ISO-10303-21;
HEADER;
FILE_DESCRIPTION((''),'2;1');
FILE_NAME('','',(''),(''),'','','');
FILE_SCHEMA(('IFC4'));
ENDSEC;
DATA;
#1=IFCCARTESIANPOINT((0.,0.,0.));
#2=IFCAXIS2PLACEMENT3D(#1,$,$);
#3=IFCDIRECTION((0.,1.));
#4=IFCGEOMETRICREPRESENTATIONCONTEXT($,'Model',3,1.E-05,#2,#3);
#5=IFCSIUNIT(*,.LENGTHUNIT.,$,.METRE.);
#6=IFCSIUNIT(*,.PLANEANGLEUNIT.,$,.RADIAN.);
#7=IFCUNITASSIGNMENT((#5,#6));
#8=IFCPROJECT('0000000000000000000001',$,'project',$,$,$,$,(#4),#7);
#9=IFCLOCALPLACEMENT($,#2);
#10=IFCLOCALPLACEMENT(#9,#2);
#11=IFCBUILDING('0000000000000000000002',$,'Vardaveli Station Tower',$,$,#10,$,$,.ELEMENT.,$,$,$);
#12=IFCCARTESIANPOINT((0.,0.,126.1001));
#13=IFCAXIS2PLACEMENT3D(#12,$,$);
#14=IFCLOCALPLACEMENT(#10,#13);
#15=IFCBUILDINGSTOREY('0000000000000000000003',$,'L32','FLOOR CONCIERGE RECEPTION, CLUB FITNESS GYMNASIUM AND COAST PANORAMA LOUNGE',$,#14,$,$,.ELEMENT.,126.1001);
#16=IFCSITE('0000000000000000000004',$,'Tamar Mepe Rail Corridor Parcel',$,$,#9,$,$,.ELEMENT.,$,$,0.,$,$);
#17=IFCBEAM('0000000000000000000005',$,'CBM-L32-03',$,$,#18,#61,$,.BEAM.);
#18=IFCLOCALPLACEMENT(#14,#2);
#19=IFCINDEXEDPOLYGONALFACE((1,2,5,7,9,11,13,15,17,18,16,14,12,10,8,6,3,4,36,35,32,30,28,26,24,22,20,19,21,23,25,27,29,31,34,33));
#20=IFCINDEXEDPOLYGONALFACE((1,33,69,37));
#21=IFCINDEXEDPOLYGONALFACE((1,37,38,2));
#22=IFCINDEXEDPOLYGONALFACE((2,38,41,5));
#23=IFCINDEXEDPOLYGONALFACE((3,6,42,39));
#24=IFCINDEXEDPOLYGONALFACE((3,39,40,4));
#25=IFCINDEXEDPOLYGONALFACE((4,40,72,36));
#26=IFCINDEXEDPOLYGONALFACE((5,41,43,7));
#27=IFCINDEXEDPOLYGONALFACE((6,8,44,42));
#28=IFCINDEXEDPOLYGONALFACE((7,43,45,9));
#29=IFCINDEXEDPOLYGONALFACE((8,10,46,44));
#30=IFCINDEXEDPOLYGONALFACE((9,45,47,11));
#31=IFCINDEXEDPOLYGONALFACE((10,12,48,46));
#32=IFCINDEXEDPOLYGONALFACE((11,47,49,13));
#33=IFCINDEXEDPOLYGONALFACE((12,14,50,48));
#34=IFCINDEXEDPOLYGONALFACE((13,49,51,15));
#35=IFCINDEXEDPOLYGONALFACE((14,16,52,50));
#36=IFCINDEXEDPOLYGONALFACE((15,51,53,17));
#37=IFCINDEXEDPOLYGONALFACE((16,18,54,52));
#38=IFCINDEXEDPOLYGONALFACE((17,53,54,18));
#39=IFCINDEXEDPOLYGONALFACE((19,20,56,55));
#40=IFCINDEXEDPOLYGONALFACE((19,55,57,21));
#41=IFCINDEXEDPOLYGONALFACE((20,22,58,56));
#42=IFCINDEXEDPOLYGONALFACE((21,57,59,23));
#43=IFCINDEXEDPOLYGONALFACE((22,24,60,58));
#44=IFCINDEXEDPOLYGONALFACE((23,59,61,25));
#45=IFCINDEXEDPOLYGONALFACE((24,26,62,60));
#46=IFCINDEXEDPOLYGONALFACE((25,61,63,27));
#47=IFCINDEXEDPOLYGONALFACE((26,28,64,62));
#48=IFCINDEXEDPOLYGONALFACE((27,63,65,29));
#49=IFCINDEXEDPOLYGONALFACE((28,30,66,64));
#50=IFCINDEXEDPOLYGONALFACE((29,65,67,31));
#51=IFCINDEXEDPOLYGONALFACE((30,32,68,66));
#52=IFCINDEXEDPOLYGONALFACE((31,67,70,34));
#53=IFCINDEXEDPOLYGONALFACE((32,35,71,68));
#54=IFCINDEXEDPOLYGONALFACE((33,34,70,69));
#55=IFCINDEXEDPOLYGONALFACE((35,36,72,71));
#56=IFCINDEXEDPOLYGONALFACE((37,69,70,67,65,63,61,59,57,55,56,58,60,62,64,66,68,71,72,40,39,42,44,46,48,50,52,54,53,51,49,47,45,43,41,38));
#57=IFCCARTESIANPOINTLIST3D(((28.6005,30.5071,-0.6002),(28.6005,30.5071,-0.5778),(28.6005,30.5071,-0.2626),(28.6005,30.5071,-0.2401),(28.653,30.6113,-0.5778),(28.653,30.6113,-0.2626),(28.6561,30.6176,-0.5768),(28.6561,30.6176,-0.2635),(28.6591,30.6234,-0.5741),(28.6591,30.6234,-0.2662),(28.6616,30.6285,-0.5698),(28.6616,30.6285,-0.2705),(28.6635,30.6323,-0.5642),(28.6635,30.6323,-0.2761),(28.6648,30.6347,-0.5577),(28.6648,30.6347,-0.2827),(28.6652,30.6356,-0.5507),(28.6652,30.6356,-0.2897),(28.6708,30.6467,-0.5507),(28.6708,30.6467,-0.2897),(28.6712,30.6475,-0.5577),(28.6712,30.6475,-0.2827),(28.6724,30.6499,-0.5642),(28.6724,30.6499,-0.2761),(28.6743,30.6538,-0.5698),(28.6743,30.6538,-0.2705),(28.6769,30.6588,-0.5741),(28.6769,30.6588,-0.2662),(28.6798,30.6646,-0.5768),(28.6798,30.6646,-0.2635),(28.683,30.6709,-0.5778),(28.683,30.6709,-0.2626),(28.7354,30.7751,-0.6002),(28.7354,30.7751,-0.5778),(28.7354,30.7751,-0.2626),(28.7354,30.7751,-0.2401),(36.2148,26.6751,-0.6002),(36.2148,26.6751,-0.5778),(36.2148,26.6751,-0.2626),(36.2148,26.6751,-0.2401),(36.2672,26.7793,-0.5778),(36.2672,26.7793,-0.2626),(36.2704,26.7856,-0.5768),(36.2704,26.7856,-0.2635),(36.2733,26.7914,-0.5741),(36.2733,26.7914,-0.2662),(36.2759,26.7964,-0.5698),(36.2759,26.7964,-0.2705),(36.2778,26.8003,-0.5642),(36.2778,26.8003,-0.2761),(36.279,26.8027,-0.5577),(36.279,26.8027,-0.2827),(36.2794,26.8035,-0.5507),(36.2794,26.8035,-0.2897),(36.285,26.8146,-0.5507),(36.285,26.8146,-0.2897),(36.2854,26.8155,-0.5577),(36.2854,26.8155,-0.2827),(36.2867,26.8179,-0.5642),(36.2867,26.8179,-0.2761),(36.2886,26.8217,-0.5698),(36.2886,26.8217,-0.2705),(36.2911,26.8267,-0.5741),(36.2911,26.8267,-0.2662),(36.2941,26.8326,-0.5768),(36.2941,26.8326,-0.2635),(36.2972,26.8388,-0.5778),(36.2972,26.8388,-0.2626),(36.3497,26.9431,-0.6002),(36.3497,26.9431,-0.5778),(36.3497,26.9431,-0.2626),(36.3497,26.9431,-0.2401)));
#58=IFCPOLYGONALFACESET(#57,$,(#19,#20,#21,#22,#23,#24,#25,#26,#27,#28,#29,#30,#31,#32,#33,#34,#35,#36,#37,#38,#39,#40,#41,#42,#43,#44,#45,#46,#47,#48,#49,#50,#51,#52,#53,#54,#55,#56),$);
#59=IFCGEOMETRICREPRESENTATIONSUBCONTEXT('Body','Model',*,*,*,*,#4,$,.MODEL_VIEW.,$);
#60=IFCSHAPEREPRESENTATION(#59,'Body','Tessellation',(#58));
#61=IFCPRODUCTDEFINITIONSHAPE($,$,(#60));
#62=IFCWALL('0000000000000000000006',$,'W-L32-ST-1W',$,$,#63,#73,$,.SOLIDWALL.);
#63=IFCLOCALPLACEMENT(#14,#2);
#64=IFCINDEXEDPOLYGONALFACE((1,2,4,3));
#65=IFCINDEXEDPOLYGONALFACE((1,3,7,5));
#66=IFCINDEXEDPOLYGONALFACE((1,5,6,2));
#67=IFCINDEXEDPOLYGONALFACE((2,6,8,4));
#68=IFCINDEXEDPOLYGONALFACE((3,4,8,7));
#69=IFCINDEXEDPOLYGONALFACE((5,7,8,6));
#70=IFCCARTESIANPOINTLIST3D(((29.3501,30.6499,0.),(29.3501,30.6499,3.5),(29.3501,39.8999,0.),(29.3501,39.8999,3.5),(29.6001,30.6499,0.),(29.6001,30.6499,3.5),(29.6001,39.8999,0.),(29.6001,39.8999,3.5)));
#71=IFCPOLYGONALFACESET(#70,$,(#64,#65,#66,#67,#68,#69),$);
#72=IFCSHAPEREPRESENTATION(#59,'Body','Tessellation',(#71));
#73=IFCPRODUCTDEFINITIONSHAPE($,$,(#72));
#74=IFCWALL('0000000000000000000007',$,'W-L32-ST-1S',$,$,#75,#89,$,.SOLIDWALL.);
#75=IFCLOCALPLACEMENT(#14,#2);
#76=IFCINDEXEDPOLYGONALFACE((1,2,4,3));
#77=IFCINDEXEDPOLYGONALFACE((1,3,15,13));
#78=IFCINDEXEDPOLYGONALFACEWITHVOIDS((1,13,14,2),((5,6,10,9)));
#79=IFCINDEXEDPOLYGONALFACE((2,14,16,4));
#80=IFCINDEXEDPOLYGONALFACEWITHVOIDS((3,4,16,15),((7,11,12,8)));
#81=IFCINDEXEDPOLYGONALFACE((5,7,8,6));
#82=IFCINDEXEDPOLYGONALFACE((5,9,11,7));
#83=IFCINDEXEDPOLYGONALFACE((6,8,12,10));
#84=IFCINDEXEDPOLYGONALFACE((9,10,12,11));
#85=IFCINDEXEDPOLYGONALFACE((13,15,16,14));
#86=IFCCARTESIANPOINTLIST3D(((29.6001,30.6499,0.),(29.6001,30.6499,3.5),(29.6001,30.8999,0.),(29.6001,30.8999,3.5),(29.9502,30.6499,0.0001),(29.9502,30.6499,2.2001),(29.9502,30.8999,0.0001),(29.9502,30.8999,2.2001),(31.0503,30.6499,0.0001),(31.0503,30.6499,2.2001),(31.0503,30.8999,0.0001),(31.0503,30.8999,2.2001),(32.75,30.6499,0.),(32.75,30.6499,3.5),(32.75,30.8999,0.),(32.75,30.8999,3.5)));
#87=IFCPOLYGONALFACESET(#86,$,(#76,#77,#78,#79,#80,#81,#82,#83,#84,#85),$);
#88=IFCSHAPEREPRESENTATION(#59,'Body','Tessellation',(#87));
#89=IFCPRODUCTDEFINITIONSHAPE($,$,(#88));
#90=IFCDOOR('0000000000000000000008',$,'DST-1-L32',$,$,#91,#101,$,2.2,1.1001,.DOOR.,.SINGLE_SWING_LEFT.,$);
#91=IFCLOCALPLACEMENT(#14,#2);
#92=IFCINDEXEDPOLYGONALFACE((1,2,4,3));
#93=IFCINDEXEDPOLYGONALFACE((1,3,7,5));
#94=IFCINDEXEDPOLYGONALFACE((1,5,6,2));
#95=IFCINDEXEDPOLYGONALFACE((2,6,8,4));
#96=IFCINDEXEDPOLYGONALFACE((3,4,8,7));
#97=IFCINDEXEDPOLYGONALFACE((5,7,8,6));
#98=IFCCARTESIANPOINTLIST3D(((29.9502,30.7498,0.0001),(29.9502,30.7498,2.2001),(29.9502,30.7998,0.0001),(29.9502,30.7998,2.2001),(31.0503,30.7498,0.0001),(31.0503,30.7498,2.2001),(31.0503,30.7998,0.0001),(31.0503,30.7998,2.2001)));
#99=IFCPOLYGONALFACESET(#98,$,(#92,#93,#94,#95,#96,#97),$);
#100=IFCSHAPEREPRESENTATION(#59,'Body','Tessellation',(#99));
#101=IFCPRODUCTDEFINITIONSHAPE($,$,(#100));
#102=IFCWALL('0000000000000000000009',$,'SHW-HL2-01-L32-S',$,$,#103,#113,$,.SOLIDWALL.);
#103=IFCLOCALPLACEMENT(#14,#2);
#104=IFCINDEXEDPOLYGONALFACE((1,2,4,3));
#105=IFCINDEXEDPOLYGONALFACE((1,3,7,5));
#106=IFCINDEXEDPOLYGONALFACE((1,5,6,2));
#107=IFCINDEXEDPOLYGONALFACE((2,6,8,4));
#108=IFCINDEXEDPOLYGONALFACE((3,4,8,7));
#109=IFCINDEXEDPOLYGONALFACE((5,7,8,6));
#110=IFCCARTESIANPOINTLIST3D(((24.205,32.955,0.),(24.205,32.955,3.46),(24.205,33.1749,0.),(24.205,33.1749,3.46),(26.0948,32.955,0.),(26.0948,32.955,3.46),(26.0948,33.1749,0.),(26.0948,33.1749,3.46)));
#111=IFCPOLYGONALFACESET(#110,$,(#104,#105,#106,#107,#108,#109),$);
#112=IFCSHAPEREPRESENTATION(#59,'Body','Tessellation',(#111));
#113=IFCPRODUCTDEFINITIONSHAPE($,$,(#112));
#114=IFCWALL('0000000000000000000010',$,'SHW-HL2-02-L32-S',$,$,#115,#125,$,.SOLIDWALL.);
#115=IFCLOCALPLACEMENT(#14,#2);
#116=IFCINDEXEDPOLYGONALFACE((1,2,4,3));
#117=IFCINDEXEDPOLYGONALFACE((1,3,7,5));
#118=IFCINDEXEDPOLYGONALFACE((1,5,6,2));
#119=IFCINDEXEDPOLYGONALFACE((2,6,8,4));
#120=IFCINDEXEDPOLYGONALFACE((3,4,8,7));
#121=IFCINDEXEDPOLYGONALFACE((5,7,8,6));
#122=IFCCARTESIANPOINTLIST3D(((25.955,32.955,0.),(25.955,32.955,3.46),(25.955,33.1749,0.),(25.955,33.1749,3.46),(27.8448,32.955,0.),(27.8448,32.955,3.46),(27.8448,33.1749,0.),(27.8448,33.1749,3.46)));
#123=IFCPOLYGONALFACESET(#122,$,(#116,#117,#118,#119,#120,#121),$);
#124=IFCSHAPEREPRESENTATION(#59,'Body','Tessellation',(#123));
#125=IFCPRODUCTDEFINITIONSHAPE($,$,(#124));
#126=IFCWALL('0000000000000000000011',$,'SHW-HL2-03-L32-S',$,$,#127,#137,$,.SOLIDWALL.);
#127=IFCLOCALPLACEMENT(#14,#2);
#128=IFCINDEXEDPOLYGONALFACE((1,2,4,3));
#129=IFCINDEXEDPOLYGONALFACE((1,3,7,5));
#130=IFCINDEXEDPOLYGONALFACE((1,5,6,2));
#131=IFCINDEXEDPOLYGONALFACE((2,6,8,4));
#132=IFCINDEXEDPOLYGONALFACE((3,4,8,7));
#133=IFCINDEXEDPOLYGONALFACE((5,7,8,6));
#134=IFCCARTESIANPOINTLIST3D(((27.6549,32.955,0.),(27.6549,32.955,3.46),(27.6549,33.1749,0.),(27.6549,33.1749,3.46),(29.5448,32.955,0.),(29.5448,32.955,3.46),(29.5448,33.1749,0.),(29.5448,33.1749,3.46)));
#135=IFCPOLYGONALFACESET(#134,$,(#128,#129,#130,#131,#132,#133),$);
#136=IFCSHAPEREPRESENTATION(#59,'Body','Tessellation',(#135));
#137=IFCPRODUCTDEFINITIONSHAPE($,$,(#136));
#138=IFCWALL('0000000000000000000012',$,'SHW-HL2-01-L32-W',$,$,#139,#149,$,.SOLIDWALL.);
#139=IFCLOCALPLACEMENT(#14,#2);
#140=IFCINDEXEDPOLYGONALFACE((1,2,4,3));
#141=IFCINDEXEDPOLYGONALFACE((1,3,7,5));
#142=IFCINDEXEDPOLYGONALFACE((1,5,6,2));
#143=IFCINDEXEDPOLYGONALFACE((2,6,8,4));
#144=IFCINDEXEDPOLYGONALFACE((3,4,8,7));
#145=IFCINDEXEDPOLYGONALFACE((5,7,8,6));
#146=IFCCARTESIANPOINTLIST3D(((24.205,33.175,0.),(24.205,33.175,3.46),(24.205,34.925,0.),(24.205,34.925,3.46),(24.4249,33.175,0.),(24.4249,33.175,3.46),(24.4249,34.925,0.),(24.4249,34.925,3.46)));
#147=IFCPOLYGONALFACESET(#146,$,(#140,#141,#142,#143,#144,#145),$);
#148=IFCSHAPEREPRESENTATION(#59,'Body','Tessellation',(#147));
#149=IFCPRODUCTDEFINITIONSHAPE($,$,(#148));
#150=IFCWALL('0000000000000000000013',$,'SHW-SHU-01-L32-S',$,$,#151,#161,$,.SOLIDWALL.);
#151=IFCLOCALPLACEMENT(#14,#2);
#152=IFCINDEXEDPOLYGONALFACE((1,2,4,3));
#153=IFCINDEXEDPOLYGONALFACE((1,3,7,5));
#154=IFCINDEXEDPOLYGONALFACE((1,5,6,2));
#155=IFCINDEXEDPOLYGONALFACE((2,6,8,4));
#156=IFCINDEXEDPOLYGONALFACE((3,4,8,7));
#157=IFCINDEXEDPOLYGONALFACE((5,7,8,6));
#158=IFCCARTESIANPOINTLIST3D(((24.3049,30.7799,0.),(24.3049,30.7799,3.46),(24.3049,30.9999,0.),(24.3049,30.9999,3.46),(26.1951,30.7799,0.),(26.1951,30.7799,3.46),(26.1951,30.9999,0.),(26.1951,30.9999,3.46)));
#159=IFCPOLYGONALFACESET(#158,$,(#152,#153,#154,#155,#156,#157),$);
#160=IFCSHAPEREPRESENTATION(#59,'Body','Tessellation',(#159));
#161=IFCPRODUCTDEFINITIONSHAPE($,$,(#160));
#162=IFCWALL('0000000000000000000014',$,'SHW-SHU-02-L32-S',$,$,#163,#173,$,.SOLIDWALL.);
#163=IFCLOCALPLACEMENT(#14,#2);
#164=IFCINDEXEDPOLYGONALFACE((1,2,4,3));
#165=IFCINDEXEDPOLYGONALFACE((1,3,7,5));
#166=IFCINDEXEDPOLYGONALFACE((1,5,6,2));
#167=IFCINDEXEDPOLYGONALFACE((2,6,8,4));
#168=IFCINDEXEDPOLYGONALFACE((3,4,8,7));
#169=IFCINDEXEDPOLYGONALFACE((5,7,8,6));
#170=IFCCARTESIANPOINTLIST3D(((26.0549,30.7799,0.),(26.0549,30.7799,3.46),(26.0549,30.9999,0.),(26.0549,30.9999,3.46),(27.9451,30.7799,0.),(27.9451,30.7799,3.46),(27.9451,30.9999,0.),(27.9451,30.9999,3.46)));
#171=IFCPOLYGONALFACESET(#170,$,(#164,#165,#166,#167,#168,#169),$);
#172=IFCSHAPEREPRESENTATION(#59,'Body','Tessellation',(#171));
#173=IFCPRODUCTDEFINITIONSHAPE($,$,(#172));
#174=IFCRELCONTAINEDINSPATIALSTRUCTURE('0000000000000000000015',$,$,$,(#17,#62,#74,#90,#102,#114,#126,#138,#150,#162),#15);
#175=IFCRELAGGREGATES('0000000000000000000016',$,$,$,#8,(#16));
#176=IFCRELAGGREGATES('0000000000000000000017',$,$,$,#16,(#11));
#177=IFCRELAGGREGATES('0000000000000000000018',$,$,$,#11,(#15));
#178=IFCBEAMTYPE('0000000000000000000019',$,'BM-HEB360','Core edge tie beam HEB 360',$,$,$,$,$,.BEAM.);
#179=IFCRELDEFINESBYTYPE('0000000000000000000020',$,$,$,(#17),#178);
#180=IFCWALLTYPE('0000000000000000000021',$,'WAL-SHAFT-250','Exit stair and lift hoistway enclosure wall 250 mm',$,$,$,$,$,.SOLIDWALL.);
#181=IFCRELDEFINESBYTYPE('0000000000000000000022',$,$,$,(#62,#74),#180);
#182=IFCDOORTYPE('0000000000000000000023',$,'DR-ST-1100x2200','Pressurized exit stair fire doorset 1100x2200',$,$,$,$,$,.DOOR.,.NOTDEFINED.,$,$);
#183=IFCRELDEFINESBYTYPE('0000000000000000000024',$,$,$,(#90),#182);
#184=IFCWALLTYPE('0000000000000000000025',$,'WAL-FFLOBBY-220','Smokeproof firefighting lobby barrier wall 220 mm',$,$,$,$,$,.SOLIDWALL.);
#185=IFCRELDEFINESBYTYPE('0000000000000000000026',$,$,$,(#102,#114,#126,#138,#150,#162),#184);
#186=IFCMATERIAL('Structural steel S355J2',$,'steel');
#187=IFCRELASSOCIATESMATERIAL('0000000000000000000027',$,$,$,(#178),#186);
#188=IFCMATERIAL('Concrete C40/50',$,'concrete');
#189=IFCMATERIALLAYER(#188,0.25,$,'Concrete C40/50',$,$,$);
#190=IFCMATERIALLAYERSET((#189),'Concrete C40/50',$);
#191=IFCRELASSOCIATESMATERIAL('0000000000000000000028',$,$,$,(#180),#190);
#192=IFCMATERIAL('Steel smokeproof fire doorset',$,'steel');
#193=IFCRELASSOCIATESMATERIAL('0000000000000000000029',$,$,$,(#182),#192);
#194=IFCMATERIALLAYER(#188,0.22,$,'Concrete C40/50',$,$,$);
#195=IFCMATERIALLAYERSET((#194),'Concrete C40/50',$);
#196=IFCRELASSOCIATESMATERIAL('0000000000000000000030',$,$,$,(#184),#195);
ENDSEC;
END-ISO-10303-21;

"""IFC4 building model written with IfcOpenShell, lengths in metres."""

from ifc_helpers import new_model, si_unit, direction, frame, frame_2d, origin, origin_2d, place, context, subcontext, project, spatial, rectangle, i_section, extrude, source, transform, mapped, material, layer, layer_set, material_profile, profile_set, type_object, element, fill, save


model = new_model("IFC4")

# Units and contexts
model_context = context("Model", 3, precision=1e-05, world=origin(), true_north=direction((0.0, 1.0)))
body_context = subcontext(model_context, "Body", "Model", "MODEL_VIEW")
ifc_project = project(units=[si_unit("LENGTHUNIT", "METRE"), si_unit("PLANEANGLEUNIT", "RADIAN")], contexts=[model_context])

# Site, building, storey
site_placement = place(None, origin())
site = spatial("IfcSite", under=ifc_project, at=site_placement, Name="Tamar Mepe Rail Corridor Parcel", CompositionType="ELEMENT", RefElevation=0.0)
building_placement = place(site_placement, origin())
building = spatial("IfcBuilding", under=site, at=building_placement, Name="Vardaveli Station Tower", CompositionType="ELEMENT")
storey_placement = place(building_placement, frame((0.0, 0.0, 126.1001)))
storey = spatial("IfcBuildingStorey", under=building, at=storey_placement, Name="L32", Description="FLOOR CONCIERGE RECEPTION, CLUB FITNESS GYMNASIUM AND COAST PANORAMA LOUNGE", CompositionType="ELEMENT", Elevation=126.1001)

# Beam
ifc_material_1 = material(Name="Structural steel S355J2", Category="steel")
ifc_material_profile_1 = material_profile(ifc_material_1, i_section(OverallWidth=0.3, OverallDepth=0.3601, WebThickness=0.0125, FlangeThickness=0.0225, FilletRadius=0.0271, at=origin_2d()), Name="HEB 360")
ifc_profile_set_1 = profile_set([ifc_material_profile_1], Name="Structural steel S355J2")
beam_type_1 = type_object("IfcBeamType", Name="BM-HEB360", Description="Core edge tie beam HEB 360", PredefinedType="BEAM", material=ifc_profile_set_1)
shared_shape_1 = source(origin(), body_context, "Body", "SweptSolid", [
    extrude(i_section(OverallWidth=0.3, OverallDepth=0.3601, WebThickness=0.0125, FlangeThickness=0.0225, FilletRadius=0.0271, at=origin_2d()), origin(), (0.0, 0.0, 1.0), 8.5242),
])
beam_1_placement = place(storey_placement, frame((28.668, 30.6411, -0.4202), z_axis=(0.893256, -0.449549, 0.0), x_axis=(0.449549, 0.893256, 0.0)))
element("IfcBeam", 1, at=beam_1_placement, inside=storey, type_object=beam_type_1, Name="CBM-L32-03", PredefinedType="BEAM", context=body_context, shape_type="MappedRepresentation", body=[
    mapped(shared_shape_1, transform((0.0, 0.0, 0.0), scale=1.0)),
])

# Wall
ifc_material_2 = material(Name="Concrete C40/50", Category="concrete")
ifc_layer_1 = layer(ifc_material_2, 0.25, Name="Concrete C40/50")
ifc_layer_set_1 = layer_set([ifc_layer_1], Name="Concrete C40/50")
wall_type_1 = type_object("IfcWallType", Name="WAL-SHAFT-250", Description="Exit stair and lift hoistway enclosure wall 250 mm", PredefinedType="SOLIDWALL", material=ifc_layer_set_1)
shared_shape_2 = source(origin(), body_context, "Body", "SweptSolid", [
    extrude(rectangle(XDim=9.25, YDim=0.25, at=frame_2d((4.625, 0.0))), origin(), (0.0, 0.0, 1.0), 3.5),
])
wall_1_placement = place(storey_placement, frame((29.4751, 30.6499, 0.0), z_axis=(0.0, 0.0, 1.0), x_axis=(0.0, 1.0, 0.0)))
element("IfcWall", 2, at=wall_1_placement, inside=storey, type_object=wall_type_1, Name="W-L32-ST-1W", PredefinedType="SOLIDWALL", context=body_context, shape_type="MappedRepresentation", body=[
    mapped(shared_shape_2, transform((0.0, 0.0, 0.0), scale=1.0)),
])

# Wall, opening, door
shared_shape_3 = source(origin(), body_context, "Body", "SweptSolid", [
    extrude(rectangle(XDim=3.1499, YDim=0.25, at=frame_2d((1.575, 0.0))), origin(), (0.0, 0.0, 1.0), 3.5),
])
wall_2_placement = place(storey_placement, frame((29.6001, 30.7749, 0.0), z_axis=(0.0, 0.0, 1.0), x_axis=(1.0, 0.0, 0.0)))
wall_2 = element("IfcWall", 3, at=wall_2_placement, inside=storey, type_object=wall_type_1, Name="W-L32-ST-1S", PredefinedType="SOLIDWALL", context=body_context, shape_type="MappedRepresentation", body=[
    mapped(shared_shape_3, transform((0.0, 0.0, 0.0), scale=1.0)),
])
shared_shape_4 = source(origin(), body_context, "Body", "SweptSolid", [
    extrude(rectangle(XDim=1.1001, YDim=2.2, at=frame_2d((0.55, 1.1001))), frame((0.0, 0.135, 0.0), z_axis=(0.0, -1.0, 0.0), x_axis=(1.0, 0.0, 0.0)), (0.0, 0.0, 1.0), 0.27),
])
opening_placement = place(wall_2_placement, frame((0.3501, 0.0, 0.0)))
opening = element("IfcOpeningElement", 4, at=opening_placement, cuts=wall_2, PredefinedType="OPENING", context=body_context, shape_type="MappedRepresentation", body=[
    mapped(shared_shape_4, transform((0.0, 0.0, 0.0), scale=1.0)),
])
ifc_material_3 = material(Name="Steel smokeproof fire doorset", Category="steel")
door_type = type_object("IfcDoorType", Name="DR-ST-1100x2200", Description="Pressurized exit stair fire doorset 1100x2200", OperationType="NOTDEFINED", PredefinedType="DOOR", material=ifc_material_3)
shared_shape_5 = source(origin(), body_context, "Body", "SweptSolid", [
    extrude(rectangle(XDim=1.1001, YDim=2.2, at=frame_2d((0.55, 1.1001))), frame((0.0, 0.0249, 0.0), z_axis=(0.0, -1.0, 0.0), x_axis=(1.0, 0.0, 0.0)), (0.0, 0.0, 1.0), 0.05),
])
door_placement = place(opening_placement, origin())
door = element("IfcDoor", 5, at=door_placement, inside=storey, type_object=door_type, Name="DST-1-L32", OperationType="SINGLE_SWING_LEFT", OverallHeight=2.2, OverallWidth=1.1001, PredefinedType="DOOR", context=body_context, shape_type="MappedRepresentation", body=[
    mapped(shared_shape_5, transform((0.0, 0.0, 0.0), scale=1.0)),
])
fill(opening, door)

# Walls
ifc_layer_2 = layer(ifc_material_2, 0.22, Name="Concrete C40/50")
ifc_layer_set_2 = layer_set([ifc_layer_2], Name="Concrete C40/50")
wall_type_2 = type_object("IfcWallType", Name="WAL-FFLOBBY-220", Description="Smokeproof firefighting lobby barrier wall 220 mm", PredefinedType="SOLIDWALL", material=ifc_layer_set_2)
shared_shape_6 = source(origin(), body_context, "Body", "SweptSolid", [
    extrude(rectangle(XDim=1.8899, YDim=0.22, at=frame_2d((0.9448, 0.0))), origin(), (0.0, 0.0, 1.0), 3.46),
])
for number, where, z_axis, x_axis, name in (
    (6, (24.2051, 33.0649, 0.0), (0.0, 0.0, 1.0), (1.0, 0.0, 0.0), "SHW-HL2-01-L32-S"),
    (7, (25.9551, 33.0649, 0.0), (0.0, 0.0, 1.0), (1.0, 0.0, 0.0), "SHW-HL2-02-L32-S"),
    (8, (27.655, 33.0649, 0.0), (0.0, 0.0, 1.0), (1.0, 0.0, 0.0), "SHW-HL2-03-L32-S"),
):
    element("IfcWall", number, at=place(storey_placement, frame(where, z_axis=z_axis, x_axis=x_axis)), inside=storey, type_object=wall_type_2, Name=name, PredefinedType="SOLIDWALL", context=body_context, shape_type="MappedRepresentation", body=[
        mapped(shared_shape_6, transform((0.0, 0.0, 0.0), scale=1.0)),
    ])
shared_shape_7 = source(origin(), body_context, "Body", "SweptSolid", [
    extrude(rectangle(XDim=1.75, YDim=0.22, at=frame_2d((0.875, 0.0))), origin(), (0.0, 0.0, 1.0), 3.46),
])
wall_3_placement = place(storey_placement, frame((24.3149, 33.175, 0.0), z_axis=(0.0, 0.0, 1.0), x_axis=(0.0, 1.0, 0.0)))
element("IfcWall", 9, at=wall_3_placement, inside=storey, type_object=wall_type_2, Name="SHW-HL2-01-L32-W", PredefinedType="SOLIDWALL", context=body_context, shape_type="MappedRepresentation", body=[
    mapped(shared_shape_7, transform((0.0, 0.0, 0.0), scale=1.0)),
])
shared_shape_8 = source(origin(), body_context, "Body", "SweptSolid", [
    extrude(rectangle(XDim=1.8901, YDim=0.22, at=frame_2d((0.9451, 0.0))), origin(), (0.0, 0.0, 1.0), 3.46),
])
for number, where, z_axis, x_axis, name in (
    (10, (24.3049, 30.8899, 0.0), (0.0, 0.0, 1.0), (1.0, 0.0, 0.0), "SHW-SHU-01-L32-S"),
    (11, (26.0549, 30.8899, 0.0), (0.0, 0.0, 1.0), (1.0, 0.0, 0.0), "SHW-SHU-02-L32-S"),
):
    element("IfcWall", number, at=place(storey_placement, frame(where, z_axis=z_axis, x_axis=x_axis)), inside=storey, type_object=wall_type_2, Name=name, PredefinedType="SOLIDWALL", context=body_context, shape_type="MappedRepresentation", body=[
        mapped(shared_shape_8, transform((0.0, 0.0, 0.0), scale=1.0)),
    ])

save(model, "model.ifc")
